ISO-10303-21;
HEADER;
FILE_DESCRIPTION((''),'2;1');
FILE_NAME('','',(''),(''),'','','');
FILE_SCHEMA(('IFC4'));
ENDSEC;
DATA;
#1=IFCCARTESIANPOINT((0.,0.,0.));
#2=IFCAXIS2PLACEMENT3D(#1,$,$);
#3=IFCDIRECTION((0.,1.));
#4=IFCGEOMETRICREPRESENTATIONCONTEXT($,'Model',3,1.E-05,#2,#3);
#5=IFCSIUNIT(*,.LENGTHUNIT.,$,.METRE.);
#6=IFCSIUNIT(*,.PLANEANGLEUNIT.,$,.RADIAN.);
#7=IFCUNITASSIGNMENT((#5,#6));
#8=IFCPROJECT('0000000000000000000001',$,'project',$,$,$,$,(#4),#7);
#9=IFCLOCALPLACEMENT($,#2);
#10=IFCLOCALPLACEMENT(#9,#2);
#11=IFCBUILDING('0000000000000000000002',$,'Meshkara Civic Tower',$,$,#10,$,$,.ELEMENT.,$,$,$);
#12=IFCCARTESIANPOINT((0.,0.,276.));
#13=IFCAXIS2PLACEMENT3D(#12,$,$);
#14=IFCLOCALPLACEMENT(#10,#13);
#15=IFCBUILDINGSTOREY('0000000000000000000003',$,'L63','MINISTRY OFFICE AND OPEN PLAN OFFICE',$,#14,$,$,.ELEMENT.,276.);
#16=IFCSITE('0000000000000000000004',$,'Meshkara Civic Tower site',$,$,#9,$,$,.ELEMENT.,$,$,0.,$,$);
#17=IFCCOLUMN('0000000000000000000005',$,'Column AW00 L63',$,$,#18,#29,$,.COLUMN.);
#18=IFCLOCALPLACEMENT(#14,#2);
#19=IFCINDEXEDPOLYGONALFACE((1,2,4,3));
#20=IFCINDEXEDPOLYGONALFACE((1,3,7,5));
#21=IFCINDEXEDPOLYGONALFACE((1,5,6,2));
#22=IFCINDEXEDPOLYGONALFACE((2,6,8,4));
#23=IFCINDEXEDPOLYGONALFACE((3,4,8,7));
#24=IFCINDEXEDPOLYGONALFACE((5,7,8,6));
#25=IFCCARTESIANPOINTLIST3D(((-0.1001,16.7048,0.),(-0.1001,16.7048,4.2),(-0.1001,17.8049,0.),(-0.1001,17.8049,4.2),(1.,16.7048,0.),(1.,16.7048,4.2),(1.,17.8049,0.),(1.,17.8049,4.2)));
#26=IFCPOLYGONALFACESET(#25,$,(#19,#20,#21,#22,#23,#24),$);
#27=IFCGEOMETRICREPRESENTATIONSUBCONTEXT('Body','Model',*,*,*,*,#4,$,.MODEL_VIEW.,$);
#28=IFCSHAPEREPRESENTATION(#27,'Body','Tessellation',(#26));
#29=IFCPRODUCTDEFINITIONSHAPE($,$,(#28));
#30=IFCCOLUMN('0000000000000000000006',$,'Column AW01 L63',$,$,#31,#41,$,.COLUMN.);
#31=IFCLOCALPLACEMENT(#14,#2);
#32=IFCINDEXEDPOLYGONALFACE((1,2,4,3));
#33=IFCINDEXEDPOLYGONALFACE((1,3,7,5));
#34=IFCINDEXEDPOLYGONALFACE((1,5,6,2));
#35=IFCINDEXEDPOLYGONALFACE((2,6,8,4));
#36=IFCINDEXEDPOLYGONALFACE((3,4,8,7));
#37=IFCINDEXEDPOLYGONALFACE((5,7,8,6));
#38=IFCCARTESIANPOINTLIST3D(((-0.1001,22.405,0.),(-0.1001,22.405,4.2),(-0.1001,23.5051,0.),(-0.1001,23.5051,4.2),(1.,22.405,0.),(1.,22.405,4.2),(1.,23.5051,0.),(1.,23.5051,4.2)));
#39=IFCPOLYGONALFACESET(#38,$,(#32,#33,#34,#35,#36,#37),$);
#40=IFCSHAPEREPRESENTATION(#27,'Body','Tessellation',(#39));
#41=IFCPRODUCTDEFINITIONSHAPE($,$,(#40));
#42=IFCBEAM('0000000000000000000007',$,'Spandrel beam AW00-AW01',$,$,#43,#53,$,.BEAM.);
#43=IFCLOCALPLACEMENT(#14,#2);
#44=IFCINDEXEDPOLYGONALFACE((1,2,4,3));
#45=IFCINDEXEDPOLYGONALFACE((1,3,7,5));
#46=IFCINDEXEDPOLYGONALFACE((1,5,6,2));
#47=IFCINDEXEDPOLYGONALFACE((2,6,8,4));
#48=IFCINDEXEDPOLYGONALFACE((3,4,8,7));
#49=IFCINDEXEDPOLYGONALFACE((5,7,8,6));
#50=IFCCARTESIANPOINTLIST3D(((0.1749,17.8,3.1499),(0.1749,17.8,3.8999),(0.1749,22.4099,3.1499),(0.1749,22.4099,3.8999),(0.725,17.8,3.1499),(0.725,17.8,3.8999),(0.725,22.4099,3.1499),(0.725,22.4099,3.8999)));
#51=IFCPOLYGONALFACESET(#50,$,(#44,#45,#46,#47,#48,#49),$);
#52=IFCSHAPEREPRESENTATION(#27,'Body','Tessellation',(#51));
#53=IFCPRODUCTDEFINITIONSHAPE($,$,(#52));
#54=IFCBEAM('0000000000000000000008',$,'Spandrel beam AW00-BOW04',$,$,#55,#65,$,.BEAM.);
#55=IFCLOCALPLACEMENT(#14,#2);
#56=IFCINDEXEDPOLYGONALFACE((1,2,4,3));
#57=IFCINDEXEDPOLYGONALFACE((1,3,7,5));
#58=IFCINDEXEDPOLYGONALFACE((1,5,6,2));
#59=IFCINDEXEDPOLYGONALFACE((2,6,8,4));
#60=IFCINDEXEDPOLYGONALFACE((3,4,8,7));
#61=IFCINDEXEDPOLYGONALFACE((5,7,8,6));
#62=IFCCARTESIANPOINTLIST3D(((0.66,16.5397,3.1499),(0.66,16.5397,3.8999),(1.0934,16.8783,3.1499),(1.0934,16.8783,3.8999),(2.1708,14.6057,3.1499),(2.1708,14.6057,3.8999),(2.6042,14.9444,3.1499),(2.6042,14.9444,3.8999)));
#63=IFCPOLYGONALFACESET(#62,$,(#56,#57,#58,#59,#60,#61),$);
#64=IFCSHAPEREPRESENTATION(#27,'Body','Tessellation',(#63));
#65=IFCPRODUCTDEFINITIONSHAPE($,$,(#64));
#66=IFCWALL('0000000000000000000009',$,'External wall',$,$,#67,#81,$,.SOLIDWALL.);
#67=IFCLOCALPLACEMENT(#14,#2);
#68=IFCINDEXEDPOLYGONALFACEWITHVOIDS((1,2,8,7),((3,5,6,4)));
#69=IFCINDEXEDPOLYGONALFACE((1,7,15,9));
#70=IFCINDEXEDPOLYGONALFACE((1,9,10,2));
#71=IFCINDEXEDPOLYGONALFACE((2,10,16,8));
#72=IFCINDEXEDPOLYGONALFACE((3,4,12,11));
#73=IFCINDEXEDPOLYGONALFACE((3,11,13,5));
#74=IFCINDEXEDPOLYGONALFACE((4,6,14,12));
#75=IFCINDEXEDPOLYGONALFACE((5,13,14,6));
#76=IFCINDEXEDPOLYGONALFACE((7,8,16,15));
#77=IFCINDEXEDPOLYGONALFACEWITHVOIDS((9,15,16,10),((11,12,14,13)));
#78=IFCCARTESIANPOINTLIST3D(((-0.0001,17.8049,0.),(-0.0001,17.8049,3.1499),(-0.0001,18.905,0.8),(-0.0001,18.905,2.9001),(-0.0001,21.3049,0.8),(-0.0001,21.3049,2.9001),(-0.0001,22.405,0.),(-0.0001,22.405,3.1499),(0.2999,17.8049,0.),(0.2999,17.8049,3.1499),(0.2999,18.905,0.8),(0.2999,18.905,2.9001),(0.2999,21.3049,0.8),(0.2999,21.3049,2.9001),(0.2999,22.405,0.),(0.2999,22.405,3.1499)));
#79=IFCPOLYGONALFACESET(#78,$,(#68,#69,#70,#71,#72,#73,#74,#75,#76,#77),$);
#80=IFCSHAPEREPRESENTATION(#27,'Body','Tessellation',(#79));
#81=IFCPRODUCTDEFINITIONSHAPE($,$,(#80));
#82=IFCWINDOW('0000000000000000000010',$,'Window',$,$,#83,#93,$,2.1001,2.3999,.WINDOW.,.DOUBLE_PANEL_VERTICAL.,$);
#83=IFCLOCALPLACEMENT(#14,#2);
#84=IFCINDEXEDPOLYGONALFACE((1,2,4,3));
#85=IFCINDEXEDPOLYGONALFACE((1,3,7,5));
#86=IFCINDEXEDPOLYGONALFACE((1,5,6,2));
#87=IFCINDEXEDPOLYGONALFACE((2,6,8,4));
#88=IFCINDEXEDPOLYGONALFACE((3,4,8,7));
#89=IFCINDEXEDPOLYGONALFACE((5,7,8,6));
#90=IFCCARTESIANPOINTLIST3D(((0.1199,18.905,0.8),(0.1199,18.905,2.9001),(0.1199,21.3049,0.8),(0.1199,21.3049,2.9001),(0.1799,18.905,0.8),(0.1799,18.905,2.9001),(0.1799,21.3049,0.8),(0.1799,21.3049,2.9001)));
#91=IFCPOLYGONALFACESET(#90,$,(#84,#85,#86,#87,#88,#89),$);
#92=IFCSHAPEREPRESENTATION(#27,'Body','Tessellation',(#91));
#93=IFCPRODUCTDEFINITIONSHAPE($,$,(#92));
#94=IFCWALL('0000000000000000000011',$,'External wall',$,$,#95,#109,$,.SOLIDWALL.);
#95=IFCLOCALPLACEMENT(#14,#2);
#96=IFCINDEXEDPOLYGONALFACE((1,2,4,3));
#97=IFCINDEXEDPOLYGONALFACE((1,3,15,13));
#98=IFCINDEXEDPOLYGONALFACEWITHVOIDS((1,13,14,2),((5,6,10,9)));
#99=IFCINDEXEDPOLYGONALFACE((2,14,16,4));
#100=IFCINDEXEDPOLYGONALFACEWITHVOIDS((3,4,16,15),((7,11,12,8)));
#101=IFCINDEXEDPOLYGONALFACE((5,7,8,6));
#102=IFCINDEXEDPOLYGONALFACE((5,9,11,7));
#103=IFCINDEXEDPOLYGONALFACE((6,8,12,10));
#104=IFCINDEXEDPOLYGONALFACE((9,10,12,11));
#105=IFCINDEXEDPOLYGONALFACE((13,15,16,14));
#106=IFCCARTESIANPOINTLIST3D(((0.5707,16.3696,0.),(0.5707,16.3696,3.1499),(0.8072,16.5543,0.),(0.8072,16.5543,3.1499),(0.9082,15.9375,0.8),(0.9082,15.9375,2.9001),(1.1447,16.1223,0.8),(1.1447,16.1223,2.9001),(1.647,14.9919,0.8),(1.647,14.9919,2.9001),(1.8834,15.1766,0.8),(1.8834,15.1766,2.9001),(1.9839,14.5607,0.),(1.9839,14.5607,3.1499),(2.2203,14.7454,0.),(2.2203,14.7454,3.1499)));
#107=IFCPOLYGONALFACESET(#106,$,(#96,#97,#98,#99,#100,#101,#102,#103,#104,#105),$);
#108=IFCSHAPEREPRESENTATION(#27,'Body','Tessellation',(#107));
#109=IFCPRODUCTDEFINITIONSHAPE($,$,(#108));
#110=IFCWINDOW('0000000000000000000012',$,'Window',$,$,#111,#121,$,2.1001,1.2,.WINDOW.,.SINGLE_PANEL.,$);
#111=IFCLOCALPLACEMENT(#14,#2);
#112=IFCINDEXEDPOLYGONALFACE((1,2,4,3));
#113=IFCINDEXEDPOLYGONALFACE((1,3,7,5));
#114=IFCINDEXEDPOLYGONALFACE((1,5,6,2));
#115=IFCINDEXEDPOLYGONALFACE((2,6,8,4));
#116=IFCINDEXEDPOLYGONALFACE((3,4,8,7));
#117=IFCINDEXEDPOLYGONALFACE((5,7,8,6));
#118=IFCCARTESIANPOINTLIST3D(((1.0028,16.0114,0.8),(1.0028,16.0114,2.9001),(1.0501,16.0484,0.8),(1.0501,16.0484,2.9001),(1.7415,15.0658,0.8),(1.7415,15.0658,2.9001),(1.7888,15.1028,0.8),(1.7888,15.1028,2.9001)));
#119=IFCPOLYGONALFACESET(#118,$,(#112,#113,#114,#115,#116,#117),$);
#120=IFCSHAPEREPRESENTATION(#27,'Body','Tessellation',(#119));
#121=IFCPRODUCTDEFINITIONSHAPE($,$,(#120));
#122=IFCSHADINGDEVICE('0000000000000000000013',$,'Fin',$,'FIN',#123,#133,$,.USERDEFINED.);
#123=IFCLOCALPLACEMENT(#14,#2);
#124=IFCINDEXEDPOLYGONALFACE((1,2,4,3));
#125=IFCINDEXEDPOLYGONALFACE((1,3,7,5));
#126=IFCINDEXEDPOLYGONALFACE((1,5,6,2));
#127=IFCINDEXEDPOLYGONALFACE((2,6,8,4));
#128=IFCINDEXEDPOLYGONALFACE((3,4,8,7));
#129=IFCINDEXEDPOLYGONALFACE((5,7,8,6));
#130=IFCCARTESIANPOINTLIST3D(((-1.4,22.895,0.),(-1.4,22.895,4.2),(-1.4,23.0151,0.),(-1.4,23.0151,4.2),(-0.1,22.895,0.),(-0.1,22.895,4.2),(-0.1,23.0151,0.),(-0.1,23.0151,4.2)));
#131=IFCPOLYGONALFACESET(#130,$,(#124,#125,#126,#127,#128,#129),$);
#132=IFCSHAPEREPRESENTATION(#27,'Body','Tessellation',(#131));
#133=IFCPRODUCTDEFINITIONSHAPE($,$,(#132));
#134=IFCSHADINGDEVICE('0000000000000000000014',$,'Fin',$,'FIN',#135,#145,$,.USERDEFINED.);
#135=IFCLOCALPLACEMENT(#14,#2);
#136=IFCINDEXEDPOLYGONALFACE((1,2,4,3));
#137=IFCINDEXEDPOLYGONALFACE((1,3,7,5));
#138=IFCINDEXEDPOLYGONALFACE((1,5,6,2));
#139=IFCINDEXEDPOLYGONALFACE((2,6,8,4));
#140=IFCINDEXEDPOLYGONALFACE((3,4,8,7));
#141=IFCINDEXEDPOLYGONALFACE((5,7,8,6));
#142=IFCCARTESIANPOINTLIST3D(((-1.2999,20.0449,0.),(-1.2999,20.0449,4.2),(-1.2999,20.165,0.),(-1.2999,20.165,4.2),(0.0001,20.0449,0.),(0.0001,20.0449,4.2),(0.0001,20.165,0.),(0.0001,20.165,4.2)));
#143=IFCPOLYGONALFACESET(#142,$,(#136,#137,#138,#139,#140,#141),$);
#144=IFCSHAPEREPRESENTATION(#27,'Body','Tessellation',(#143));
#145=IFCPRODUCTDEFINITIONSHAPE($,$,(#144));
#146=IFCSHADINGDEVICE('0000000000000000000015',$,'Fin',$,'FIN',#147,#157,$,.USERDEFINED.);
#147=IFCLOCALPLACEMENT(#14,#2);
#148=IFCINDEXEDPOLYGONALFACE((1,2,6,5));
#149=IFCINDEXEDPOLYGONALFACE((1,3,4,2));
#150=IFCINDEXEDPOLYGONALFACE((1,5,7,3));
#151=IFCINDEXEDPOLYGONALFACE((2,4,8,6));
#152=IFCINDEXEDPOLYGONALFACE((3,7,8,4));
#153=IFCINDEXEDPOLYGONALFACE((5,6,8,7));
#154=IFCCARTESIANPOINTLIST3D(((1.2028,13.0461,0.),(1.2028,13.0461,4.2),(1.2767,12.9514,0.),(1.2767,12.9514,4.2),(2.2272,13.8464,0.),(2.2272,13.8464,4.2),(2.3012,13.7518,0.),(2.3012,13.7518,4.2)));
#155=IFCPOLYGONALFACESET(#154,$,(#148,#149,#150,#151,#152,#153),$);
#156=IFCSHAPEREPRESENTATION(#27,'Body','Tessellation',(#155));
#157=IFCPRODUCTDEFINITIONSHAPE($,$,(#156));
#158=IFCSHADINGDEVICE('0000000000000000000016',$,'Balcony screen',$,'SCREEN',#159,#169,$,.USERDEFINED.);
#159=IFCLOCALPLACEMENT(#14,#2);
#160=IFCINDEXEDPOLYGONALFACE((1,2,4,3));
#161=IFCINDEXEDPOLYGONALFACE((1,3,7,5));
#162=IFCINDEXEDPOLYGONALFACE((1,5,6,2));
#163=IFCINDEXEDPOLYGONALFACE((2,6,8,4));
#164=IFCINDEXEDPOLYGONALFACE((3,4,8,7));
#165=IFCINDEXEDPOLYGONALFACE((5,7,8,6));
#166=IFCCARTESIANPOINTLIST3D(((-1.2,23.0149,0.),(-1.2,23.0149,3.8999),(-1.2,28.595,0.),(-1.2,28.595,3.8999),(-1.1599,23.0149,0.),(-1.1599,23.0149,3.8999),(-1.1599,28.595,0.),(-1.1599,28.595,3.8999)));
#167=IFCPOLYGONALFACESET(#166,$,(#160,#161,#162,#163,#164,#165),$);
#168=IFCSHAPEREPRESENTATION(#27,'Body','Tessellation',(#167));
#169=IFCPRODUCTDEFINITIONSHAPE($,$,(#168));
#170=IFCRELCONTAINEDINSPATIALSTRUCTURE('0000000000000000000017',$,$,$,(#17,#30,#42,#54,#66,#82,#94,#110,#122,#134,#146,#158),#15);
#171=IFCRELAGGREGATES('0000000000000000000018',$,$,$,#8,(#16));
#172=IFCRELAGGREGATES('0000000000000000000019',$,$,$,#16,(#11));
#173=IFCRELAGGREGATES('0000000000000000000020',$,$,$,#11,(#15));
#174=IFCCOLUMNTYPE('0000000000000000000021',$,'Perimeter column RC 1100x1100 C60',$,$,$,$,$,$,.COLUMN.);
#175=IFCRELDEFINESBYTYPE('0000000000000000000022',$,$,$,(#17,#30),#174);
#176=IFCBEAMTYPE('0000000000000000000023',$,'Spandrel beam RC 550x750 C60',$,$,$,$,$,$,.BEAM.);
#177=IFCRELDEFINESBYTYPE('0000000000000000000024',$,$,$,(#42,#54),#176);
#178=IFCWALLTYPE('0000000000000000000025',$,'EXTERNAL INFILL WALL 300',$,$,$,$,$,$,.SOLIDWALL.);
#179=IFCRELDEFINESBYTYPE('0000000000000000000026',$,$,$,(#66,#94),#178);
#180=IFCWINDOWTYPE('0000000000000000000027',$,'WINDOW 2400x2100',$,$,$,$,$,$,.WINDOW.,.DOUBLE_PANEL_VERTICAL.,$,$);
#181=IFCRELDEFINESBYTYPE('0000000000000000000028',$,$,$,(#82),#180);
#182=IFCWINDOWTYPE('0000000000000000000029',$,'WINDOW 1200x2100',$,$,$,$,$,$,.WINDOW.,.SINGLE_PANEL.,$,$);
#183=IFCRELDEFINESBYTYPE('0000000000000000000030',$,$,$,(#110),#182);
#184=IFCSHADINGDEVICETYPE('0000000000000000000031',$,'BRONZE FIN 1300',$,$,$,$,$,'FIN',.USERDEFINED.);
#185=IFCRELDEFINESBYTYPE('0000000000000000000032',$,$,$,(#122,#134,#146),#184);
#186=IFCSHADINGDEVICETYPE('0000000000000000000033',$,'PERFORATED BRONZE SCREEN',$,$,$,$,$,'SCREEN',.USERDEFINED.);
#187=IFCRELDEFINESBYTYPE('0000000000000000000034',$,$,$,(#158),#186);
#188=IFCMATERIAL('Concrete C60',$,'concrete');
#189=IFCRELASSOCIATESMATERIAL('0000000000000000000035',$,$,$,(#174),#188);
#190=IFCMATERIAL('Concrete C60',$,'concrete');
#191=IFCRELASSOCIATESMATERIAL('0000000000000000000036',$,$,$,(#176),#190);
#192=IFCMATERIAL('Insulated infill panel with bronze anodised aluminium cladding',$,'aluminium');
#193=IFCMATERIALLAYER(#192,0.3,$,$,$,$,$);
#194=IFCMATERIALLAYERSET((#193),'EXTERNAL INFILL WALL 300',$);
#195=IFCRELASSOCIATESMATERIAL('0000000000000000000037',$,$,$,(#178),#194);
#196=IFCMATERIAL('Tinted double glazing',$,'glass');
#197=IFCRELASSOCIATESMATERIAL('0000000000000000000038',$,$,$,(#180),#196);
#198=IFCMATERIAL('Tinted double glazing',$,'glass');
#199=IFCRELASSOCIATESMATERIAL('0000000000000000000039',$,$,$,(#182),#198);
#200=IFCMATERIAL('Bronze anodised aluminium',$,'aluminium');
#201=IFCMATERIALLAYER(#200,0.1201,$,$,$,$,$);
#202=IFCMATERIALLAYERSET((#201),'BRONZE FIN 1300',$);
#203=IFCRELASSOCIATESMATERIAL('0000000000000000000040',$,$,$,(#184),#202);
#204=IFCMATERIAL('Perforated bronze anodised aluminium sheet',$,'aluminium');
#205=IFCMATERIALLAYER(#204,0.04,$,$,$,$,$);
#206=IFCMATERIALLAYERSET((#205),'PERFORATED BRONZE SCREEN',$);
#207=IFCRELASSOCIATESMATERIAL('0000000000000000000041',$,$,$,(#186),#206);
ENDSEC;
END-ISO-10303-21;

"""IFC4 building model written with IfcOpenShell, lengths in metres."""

from ifc_helpers import new_model, si_unit, direction, frame, frame_2d, origin, origin_2d, place, context, subcontext, project, spatial, rectangle, extrude, material, layer, layer_set, material_profile, profile_set, type_object, element, fill, save


model = new_model("IFC4")

# Units and contexts
model_context = context("Model", 3, precision=1e-05, world=origin(), true_north=direction((0.0, 1.0)))
body_context = subcontext(model_context, "Body", "Model", "MODEL_VIEW")
ifc_project = project(units=[si_unit("LENGTHUNIT", "METRE"), si_unit("PLANEANGLEUNIT", "RADIAN")], contexts=[model_context])

# Site, building, storey
site_placement = place(None, origin())
site = spatial("IfcSite", under=ifc_project, at=site_placement, Name="Meshkara Civic Tower site", CompositionType="ELEMENT", RefElevation=0.0)
building_placement = place(site_placement, origin())
building = spatial("IfcBuilding", under=site, at=building_placement, Name="Meshkara Civic Tower", CompositionType="ELEMENT")
storey_placement = place(building_placement, frame((0.0, 0.0, 276.0)))
storey = spatial("IfcBuildingStorey", under=building, at=storey_placement, Name="L63", Description="MINISTRY OFFICE AND OPEN PLAN OFFICE", CompositionType="ELEMENT", Elevation=276.0)

# Columns
ifc_material_1 = material(Name="Concrete C60", Category="concrete")
ifc_material_profile_1 = material_profile(ifc_material_1, rectangle(XDim=1.1001, YDim=1.1001, at=origin_2d()))
ifc_profile_set_1 = profile_set([ifc_material_profile_1], Name="Concrete C60")
column_type = type_object("IfcColumnType", Name="Perimeter column RC 1100x1100 C60", PredefinedType="COLUMN", material=ifc_profile_set_1)
for number, where, z_axis, x_axis, name in (
    (1, (0.45, 17.2549, 0.0), (0.0, 0.0, 1.0), (1.0, 0.0, 0.0), "Column AW00 L63"),
    (2, (0.45, 22.9551, 0.0), (0.0, 0.0, 1.0), (1.0, 0.0, 0.0), "Column AW01 L63"),
):
    element("IfcColumn", number, at=place(storey_placement, frame(where, z_axis=z_axis, x_axis=x_axis)), inside=storey, type_object=column_type, Name=name, PredefinedType="COLUMN", context=body_context, shape_type="SweptSolid", body=[
        extrude(rectangle(XDim=1.1001, YDim=1.1001, at=origin_2d()), origin(), (0.0, 0.0, 1.0), 4.2),
    ])

# Beams
ifc_material_2 = material(Name="Concrete C60", Category="concrete")
ifc_material_profile_2 = material_profile(ifc_material_2, rectangle(XDim=0.55, YDim=0.75, at=origin_2d()))
ifc_profile_set_2 = profile_set([ifc_material_profile_2], Name="Concrete C60")
beam_type = type_object("IfcBeamType", Name="Spandrel beam RC 550x750 C60", PredefinedType="BEAM", material=ifc_profile_set_2)
beam_1_placement = place(storey_placement, frame((0.45, 22.4099, 3.5249), z_axis=(0.0, -1.0, 0.0), x_axis=(1.0, 0.0, 0.0)))
element("IfcBeam", 3, at=beam_1_placement, inside=storey, type_object=beam_type, Name="Spandrel beam AW00-AW01", PredefinedType="BEAM", context=body_context, shape_type="SweptSolid", body=[
    extrude(rectangle(XDim=0.55, YDim=0.75, at=origin_2d()), origin(), (0.0, 0.0, 1.0), 4.6099),
])
beam_2_placement = place(storey_placement, frame((0.8767, 16.709, 3.5249), z_axis=(0.615627, -0.788038, 0.0), x_axis=(0.788038, 0.615627, 0.0)))
element("IfcBeam", 4, at=beam_2_placement, inside=storey, type_object=beam_type, Name="Spandrel beam AW00-BOW04", PredefinedType="BEAM", context=body_context, shape_type="SweptSolid", body=[
    extrude(rectangle(XDim=0.55, YDim=0.75, at=origin_2d()), origin(), (0.0, 0.0, 1.0), 2.4541),
])

# Walls, openings, windows
ifc_material_3 = material(Name="Insulated infill panel with bronze anodised aluminium cladding", Category="aluminium")
ifc_layer_1 = layer(ifc_material_3, 0.3)
ifc_layer_set_1 = layer_set([ifc_layer_1], Name="EXTERNAL INFILL WALL 300")
wall_type = type_object("IfcWallType", Name="EXTERNAL INFILL WALL 300", PredefinedType="SOLIDWALL", material=ifc_layer_set_1)
wall_1_placement = place(storey_placement, frame((0.1499, 22.405, 0.0), z_axis=(0.0, 0.0, 1.0), x_axis=(0.0, -1.0, 0.0)))
wall_1 = element("IfcWall", 5, at=wall_1_placement, inside=storey, type_object=wall_type, Name="External wall", PredefinedType="SOLIDWALL", context=body_context, shape_type="SweptSolid", body=[
    extrude(rectangle(XDim=4.6001, YDim=0.3, at=frame_2d((2.3, 0.0))), origin(), (0.0, 0.0, 1.0), 3.1499),
])
opening_1_placement = place(wall_1_placement, frame((1.1001, 0.0, 0.8)))
opening_1 = element("IfcOpeningElement", 6, at=opening_1_placement, cuts=wall_1, PredefinedType="OPENING", context=body_context, shape_type="SweptSolid", body=[
    extrude(rectangle(XDim=2.3999, YDim=2.1001, at=frame_2d((1.2, 1.05))), frame((0.0, 0.1599, 0.0), z_axis=(0.0, -1.0, 0.0), x_axis=(1.0, 0.0, 0.0)), (0.0, 0.0, 1.0), 0.3201),
])
ifc_material_4 = material(Name="Tinted double glazing", Category="glass")
window_type_1 = type_object("IfcWindowType", Name="WINDOW 2400x2100", PartitioningType="DOUBLE_PANEL_VERTICAL", PredefinedType="WINDOW", material=ifc_material_4)
window_1_placement = place(opening_1_placement, origin())
window_1 = element("IfcWindow", 7, at=window_1_placement, inside=storey, type_object=window_type_1, Name="Window", OverallHeight=2.1001, OverallWidth=2.3999, PartitioningType="DOUBLE_PANEL_VERTICAL", PredefinedType="WINDOW", context=body_context, shape_type="SweptSolid", body=[
    extrude(rectangle(XDim=2.3999, YDim=2.1001, at=frame_2d((1.2, 1.05))), frame((0.0, 0.03, 0.0), z_axis=(0.0, -1.0, 0.0), x_axis=(1.0, 0.0, 0.0)), (0.0, 0.0, 1.0), 0.0601),
])
fill(opening_1, window_1)
wall_2_placement = place(storey_placement, frame((0.689, 16.4619, 0.0), z_axis=(0.0, 0.0, 1.0), x_axis=(0.615625, -0.788039, 0.0)))
wall_2 = element("IfcWall", 8, at=wall_2_placement, inside=storey, type_object=wall_type, Name="External wall", PredefinedType="SOLIDWALL", context=body_context, shape_type="SweptSolid", body=[
    extrude(rectangle(XDim=2.2954, YDim=0.3, at=frame_2d((1.1477, 0.0))), origin(), (0.0, 0.0, 1.0), 3.1499),
])
opening_2_placement = place(wall_2_placement, frame((0.5481, 0.0, 0.8)))
opening_2 = element("IfcOpeningElement", 9, at=opening_2_placement, cuts=wall_2, PredefinedType="OPENING", context=body_context, shape_type="SweptSolid", body=[
    extrude(rectangle(XDim=1.2, YDim=2.1001, at=frame_2d((0.6001, 1.05))), frame((0.0, 0.1599, 0.0), z_axis=(0.0, -1.0, 0.0), x_axis=(1.0, 0.0, 0.0)), (0.0, 0.0, 1.0), 0.3201),
])
ifc_material_5 = material(Name="Tinted double glazing", Category="glass")
window_type_2 = type_object("IfcWindowType", Name="WINDOW 1200x2100", PartitioningType="SINGLE_PANEL", PredefinedType="WINDOW", material=ifc_material_5)
window_2_placement = place(opening_2_placement, origin())
window_2 = element("IfcWindow", 10, at=window_2_placement, inside=storey, type_object=window_type_2, Name="Window", OverallHeight=2.1001, OverallWidth=1.2, PartitioningType="SINGLE_PANEL", PredefinedType="WINDOW", context=body_context, shape_type="SweptSolid", body=[
    extrude(rectangle(XDim=1.2, YDim=2.1001, at=frame_2d((0.6001, 1.05))), frame((0.0, 0.03, 0.0), z_axis=(0.0, -1.0, 0.0), x_axis=(1.0, 0.0, 0.0)), (0.0, 0.0, 1.0), 0.0601),
])
fill(opening_2, window_2)

# Shading devices
ifc_material_6 = material(Name="Bronze anodised aluminium", Category="aluminium")
ifc_layer_2 = layer(ifc_material_6, 0.1201)
ifc_layer_set_2 = layer_set([ifc_layer_2], Name="BRONZE FIN 1300")
shading_device_type_1 = type_object("IfcShadingDeviceType", Name="BRONZE FIN 1300", ElementType="FIN", PredefinedType="USERDEFINED", material=ifc_layer_set_2)
for number, where, z_axis, x_axis, name in (
    (11, (-0.75, 22.9551, 0.0), (0.0, 0.0, 1.0), (0.0, -1.0, 0.0), "Fin"),
    (12, (-0.6499, 20.105, 0.0), (0.0, 0.0, 1.0), (0.0, -1.0, 0.0), "Fin"),
    (13, (1.752, 13.3989, 0.0), (0.0, 0.0, 1.0), (0.615661, -0.788011, 0.0), "Fin"),
):
    element("IfcShadingDevice", number, at=place(storey_placement, frame(where, z_axis=z_axis, x_axis=x_axis)), inside=storey, type_object=shading_device_type_1, Name=name, ObjectType="FIN", PredefinedType="USERDEFINED", context=body_context, shape_type="SweptSolid", body=[
        extrude(rectangle(XDim=0.1201, YDim=1.3, at=origin_2d()), origin(), (0.0, 0.0, 1.0), 4.2),
    ])
ifc_material_7 = material(Name="Perforated bronze anodised aluminium sheet", Category="aluminium")
ifc_layer_3 = layer(ifc_material_7, 0.04)
ifc_layer_set_3 = layer_set([ifc_layer_3], Name="PERFORATED BRONZE SCREEN")
shading_device_type_2 = type_object("IfcShadingDeviceType", Name="PERFORATED BRONZE SCREEN", ElementType="SCREEN", PredefinedType="USERDEFINED", material=ifc_layer_set_3)
shading_device_placement = place(storey_placement, frame((-1.1799, 25.8049, 0.0), z_axis=(0.0, 0.0, 1.0), x_axis=(0.0, -1.0, 0.0)))
element("IfcShadingDevice", 14, at=shading_device_placement, inside=storey, type_object=shading_device_type_2, Name="Balcony screen", ObjectType="SCREEN", PredefinedType="USERDEFINED", context=body_context, shape_type="SweptSolid", body=[
    extrude(rectangle(XDim=5.5801, YDim=0.04, at=origin_2d()), origin(), (0.0, 0.0, 1.0), 3.8999),
])

save(model, "model.ifc")
